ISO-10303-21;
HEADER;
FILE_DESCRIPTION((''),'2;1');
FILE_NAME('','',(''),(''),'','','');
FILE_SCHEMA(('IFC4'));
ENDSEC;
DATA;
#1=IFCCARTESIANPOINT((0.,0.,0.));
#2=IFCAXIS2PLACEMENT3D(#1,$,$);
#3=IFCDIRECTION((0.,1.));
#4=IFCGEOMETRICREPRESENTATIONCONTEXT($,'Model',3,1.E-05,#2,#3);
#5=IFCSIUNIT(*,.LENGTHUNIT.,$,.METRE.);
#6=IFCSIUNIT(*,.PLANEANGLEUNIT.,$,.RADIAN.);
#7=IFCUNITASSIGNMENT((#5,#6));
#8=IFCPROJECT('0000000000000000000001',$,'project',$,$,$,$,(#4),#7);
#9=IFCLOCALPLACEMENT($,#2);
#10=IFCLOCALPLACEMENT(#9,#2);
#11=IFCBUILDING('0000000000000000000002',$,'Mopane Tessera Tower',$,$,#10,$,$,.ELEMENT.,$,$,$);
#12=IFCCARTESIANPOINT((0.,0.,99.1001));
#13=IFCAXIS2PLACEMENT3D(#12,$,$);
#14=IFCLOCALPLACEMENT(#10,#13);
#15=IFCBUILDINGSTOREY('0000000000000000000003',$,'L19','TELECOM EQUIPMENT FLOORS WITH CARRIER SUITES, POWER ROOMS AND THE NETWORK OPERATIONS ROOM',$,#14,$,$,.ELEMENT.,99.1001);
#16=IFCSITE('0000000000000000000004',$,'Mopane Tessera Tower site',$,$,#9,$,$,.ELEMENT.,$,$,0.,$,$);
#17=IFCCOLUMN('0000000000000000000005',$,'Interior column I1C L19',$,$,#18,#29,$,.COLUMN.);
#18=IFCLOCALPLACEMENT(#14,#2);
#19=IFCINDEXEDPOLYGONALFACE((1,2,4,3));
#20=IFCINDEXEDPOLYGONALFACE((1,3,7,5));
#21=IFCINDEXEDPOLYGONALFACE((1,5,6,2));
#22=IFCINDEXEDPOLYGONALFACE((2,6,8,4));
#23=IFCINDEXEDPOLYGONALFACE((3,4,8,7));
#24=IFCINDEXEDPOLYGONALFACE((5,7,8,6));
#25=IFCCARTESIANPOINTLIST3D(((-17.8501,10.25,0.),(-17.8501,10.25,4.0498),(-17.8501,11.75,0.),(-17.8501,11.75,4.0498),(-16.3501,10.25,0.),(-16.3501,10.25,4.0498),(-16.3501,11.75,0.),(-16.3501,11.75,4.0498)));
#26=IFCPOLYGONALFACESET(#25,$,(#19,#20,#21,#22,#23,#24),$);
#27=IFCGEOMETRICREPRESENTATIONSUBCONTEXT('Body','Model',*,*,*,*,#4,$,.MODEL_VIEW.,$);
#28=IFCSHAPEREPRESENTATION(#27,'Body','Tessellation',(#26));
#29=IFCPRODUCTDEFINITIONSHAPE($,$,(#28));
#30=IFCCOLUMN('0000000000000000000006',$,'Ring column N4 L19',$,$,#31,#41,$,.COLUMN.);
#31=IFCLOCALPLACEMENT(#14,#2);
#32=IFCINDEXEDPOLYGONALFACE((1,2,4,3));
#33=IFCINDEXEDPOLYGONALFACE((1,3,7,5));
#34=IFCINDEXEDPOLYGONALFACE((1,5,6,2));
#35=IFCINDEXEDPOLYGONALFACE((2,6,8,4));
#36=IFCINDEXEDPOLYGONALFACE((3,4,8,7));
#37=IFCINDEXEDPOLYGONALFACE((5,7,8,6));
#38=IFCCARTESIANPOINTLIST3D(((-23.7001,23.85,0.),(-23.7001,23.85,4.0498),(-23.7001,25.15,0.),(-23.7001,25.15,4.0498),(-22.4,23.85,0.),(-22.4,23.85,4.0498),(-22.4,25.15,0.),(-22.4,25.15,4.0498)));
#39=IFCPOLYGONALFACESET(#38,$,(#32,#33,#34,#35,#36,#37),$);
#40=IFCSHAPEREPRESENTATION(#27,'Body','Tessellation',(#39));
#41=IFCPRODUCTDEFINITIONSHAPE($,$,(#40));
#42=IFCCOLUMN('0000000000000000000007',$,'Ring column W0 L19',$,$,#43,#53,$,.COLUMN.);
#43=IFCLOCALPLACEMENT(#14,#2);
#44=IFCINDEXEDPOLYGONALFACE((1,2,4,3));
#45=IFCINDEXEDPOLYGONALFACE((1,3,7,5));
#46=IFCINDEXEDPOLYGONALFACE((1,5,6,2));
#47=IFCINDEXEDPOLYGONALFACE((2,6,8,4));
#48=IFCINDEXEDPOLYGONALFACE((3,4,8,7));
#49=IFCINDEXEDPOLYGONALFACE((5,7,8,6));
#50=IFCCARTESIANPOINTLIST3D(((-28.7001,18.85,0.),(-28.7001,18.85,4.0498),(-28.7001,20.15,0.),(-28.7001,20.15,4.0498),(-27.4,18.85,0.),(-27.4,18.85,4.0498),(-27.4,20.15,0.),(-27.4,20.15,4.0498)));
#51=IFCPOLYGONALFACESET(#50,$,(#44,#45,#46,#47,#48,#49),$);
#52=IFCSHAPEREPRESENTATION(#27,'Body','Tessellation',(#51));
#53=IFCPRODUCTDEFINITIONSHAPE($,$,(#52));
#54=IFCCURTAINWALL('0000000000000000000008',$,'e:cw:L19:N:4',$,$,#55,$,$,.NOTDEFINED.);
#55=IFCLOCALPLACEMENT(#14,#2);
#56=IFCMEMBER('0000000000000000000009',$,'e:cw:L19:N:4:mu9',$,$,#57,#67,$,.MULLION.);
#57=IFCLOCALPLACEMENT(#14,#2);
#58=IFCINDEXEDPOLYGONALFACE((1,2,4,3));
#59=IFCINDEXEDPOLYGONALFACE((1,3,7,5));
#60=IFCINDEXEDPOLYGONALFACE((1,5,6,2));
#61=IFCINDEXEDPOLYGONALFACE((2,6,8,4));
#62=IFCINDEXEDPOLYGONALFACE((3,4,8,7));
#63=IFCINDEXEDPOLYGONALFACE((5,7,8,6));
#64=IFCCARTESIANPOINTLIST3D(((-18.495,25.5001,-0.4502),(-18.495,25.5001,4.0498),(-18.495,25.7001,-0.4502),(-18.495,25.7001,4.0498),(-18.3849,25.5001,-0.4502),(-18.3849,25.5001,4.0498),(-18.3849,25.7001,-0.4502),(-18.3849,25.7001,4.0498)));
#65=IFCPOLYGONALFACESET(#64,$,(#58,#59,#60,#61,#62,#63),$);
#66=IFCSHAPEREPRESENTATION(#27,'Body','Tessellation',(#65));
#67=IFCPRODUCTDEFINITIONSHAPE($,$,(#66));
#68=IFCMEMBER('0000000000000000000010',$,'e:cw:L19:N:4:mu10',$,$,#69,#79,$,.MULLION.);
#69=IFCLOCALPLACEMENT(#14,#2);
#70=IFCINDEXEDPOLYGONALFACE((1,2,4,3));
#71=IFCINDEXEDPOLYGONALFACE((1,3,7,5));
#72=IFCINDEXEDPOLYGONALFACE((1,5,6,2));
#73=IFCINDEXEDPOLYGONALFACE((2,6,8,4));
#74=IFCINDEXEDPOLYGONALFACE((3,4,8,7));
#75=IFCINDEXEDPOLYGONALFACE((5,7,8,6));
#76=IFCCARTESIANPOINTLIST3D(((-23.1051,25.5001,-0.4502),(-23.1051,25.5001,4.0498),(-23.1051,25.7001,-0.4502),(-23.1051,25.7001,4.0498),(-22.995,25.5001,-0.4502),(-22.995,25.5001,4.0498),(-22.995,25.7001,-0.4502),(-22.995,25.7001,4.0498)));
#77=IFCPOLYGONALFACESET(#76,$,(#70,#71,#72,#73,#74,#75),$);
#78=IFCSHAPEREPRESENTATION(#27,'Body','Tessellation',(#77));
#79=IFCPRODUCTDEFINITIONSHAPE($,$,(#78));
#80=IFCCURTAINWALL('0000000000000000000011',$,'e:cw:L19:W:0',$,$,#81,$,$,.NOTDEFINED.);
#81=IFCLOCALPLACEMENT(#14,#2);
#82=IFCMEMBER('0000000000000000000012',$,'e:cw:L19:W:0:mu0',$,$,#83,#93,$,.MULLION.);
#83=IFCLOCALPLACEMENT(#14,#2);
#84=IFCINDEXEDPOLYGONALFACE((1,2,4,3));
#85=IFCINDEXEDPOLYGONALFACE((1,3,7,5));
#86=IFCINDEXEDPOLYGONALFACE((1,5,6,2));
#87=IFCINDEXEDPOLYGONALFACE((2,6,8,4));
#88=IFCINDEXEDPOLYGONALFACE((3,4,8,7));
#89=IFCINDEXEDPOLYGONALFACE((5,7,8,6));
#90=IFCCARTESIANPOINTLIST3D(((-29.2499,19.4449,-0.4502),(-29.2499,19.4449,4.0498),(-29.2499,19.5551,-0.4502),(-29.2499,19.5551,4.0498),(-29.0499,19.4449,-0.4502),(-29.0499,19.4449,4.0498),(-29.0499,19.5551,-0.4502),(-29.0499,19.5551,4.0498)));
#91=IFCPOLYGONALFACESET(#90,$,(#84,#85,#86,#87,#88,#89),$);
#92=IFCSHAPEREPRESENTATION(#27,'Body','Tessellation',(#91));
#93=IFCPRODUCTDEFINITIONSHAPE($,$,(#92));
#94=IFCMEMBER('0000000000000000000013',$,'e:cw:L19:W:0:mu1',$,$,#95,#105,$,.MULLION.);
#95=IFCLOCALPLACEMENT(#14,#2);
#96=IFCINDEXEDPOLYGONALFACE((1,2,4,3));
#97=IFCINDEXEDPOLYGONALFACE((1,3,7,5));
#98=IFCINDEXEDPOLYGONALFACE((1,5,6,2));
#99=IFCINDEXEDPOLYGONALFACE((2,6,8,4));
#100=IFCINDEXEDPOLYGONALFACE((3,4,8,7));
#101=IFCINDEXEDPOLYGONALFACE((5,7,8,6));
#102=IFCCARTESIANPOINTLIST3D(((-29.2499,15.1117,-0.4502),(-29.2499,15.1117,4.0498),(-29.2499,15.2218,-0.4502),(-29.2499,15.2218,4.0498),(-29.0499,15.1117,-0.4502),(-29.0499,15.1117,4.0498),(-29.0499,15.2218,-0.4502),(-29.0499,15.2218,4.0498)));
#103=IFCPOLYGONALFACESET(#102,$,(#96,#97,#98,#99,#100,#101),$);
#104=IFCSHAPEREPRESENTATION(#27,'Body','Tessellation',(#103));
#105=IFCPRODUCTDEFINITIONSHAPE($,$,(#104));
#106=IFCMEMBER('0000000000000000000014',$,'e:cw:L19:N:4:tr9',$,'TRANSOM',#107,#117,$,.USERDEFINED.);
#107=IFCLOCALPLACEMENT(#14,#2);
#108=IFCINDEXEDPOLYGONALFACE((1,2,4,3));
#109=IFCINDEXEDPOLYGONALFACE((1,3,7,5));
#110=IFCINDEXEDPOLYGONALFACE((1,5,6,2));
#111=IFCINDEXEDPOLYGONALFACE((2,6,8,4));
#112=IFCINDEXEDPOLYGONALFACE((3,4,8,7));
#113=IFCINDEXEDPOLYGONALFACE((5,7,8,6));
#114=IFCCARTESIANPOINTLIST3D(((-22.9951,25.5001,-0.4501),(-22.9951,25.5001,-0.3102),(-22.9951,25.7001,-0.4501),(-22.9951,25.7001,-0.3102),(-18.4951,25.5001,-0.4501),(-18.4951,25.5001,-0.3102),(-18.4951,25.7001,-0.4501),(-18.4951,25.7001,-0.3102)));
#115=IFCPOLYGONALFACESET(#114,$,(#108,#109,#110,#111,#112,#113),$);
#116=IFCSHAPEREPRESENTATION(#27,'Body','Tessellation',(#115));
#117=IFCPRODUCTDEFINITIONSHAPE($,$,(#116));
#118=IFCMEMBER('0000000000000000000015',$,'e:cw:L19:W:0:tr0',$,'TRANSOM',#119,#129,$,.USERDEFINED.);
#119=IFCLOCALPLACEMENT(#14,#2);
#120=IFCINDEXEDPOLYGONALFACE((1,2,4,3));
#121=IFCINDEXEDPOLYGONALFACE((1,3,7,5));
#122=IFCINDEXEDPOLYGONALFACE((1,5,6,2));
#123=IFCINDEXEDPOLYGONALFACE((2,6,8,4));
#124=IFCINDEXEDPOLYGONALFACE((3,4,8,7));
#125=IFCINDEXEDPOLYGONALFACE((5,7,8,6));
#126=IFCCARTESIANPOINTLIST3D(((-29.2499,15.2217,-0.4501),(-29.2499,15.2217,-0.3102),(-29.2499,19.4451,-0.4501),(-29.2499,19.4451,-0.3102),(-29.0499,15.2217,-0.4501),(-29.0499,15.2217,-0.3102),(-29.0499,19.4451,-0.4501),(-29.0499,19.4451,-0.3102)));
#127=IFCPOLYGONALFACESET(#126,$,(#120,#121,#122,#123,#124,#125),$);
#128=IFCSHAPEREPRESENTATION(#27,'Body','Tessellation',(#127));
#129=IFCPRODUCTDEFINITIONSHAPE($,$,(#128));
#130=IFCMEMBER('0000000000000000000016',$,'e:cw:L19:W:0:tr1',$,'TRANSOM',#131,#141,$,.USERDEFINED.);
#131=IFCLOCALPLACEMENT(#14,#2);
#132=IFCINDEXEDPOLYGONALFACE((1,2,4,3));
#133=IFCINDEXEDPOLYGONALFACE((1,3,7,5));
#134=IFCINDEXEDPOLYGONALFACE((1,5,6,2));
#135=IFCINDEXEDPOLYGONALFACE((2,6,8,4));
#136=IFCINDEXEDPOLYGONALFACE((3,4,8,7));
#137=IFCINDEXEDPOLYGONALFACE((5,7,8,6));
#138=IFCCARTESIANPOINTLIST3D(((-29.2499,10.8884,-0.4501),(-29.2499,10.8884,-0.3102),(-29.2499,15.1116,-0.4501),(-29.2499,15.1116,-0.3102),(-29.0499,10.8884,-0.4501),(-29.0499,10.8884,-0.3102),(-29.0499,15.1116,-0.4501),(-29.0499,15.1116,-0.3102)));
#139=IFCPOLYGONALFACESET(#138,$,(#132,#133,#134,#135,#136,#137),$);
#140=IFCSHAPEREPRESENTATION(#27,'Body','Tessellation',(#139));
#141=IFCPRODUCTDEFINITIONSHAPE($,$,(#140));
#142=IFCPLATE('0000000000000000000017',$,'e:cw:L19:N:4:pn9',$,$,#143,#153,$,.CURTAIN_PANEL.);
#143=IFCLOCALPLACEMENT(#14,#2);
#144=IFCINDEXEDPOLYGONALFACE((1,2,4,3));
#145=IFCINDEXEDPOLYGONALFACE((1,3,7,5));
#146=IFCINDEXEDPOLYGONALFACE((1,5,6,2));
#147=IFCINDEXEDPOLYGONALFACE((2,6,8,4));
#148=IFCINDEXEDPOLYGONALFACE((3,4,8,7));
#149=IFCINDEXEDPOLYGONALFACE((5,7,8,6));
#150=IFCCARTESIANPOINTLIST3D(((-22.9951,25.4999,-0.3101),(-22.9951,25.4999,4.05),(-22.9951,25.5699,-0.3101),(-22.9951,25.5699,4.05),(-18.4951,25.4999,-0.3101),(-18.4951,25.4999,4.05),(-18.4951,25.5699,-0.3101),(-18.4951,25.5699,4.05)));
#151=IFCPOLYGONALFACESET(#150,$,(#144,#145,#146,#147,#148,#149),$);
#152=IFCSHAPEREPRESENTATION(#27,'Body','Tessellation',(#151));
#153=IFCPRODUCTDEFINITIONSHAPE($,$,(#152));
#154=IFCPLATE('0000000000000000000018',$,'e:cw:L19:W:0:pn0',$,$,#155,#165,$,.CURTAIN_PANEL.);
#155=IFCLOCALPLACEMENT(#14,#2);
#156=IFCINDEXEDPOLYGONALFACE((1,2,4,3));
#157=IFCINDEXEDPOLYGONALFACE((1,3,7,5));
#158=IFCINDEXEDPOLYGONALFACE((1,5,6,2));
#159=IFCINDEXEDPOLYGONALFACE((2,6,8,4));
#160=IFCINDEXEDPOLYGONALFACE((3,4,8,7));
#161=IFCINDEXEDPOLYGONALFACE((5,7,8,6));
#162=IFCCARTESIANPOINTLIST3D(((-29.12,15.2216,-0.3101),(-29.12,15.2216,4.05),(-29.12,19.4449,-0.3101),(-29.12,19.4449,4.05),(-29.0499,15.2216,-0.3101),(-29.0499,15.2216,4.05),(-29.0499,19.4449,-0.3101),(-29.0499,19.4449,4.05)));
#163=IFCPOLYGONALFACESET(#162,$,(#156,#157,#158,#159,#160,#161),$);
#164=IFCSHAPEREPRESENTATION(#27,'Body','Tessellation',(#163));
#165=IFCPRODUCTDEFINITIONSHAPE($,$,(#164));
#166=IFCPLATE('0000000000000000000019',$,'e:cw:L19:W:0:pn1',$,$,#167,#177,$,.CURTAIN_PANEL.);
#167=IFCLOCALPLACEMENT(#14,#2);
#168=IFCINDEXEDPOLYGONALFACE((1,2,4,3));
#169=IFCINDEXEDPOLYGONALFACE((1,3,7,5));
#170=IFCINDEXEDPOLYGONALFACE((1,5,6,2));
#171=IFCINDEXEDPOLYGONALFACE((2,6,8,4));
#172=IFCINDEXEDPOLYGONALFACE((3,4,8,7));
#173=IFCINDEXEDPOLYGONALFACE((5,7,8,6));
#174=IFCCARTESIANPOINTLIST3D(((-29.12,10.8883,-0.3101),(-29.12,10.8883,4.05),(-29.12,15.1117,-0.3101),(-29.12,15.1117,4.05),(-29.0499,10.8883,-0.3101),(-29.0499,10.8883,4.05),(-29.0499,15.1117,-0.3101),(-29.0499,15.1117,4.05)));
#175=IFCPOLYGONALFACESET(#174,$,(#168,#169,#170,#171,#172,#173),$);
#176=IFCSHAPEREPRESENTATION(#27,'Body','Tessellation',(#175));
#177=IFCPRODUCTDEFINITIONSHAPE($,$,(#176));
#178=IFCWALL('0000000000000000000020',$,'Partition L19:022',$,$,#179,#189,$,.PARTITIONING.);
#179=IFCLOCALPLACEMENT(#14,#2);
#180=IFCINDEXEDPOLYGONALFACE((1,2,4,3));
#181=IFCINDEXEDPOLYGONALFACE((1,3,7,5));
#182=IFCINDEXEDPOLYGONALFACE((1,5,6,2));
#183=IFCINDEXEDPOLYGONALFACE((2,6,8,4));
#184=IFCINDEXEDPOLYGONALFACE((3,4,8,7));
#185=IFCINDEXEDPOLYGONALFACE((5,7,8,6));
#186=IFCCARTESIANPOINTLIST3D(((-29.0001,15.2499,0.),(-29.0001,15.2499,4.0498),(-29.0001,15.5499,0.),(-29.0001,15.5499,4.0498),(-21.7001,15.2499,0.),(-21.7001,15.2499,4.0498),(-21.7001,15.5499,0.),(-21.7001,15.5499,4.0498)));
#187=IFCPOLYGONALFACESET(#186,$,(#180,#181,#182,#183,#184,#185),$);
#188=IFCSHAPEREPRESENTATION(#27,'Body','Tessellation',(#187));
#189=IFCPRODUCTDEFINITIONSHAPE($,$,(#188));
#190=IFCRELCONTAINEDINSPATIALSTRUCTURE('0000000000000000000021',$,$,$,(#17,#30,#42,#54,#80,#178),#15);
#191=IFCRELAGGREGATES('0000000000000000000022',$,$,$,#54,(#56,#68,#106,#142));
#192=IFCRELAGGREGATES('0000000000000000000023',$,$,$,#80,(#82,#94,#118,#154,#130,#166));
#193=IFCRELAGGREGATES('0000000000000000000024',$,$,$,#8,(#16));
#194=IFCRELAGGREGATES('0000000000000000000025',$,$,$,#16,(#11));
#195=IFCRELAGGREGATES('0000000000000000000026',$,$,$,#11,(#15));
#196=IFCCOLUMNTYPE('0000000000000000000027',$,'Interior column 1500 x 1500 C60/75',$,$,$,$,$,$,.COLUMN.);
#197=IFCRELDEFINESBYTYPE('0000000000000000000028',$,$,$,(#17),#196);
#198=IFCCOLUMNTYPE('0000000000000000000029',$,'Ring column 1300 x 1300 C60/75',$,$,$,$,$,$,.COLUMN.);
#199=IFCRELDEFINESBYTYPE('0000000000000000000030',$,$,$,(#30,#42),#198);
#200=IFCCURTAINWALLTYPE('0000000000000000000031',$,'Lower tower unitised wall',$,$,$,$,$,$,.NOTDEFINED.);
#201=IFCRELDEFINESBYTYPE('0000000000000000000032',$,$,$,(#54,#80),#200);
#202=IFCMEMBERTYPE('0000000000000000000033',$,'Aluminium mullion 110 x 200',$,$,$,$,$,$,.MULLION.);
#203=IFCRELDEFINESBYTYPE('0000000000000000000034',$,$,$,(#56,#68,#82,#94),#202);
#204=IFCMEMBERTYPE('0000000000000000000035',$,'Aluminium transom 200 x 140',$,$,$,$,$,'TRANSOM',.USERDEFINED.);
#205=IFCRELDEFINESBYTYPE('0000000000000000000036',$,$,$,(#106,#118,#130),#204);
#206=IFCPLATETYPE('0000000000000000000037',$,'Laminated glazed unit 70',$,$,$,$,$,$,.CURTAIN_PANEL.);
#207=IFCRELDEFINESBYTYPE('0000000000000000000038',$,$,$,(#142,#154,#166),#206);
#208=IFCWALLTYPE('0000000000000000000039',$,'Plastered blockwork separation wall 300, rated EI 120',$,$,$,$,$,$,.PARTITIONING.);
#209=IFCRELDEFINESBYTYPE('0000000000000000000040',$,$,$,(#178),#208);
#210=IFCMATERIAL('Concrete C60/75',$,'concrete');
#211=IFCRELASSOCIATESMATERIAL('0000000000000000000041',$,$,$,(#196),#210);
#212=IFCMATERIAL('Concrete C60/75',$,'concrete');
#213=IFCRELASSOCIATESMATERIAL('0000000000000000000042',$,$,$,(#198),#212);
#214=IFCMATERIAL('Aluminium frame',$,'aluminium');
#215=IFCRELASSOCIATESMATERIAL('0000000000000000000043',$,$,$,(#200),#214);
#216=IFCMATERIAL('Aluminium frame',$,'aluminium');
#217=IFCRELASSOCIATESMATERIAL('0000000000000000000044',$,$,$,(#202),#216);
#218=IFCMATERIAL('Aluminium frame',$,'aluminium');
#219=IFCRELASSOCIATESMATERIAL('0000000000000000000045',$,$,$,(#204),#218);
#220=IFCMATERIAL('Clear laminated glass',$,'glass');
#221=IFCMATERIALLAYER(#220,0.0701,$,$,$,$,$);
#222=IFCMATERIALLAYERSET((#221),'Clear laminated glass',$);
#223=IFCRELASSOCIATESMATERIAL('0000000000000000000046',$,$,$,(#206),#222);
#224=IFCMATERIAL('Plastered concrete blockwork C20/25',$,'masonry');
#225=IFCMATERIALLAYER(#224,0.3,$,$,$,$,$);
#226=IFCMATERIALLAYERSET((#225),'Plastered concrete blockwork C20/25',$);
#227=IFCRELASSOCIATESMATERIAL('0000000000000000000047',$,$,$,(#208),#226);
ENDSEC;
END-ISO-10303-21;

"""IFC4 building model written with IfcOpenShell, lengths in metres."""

from ifc_helpers import new_model, si_unit, direction, frame, frame_2d, origin, origin_2d, place, context, subcontext, project, spatial, rectangle, extrude, material, layer, layer_set, material_profile, profile_set, type_object, element, aggregate, save


model = new_model("IFC4")

# Units and contexts
model_context = context("Model", 3, precision=1e-05, world=origin(), true_north=direction((0.0, 1.0)))
body_context = subcontext(model_context, "Body", "Model", "MODEL_VIEW")
ifc_project = project(units=[si_unit("LENGTHUNIT", "METRE"), si_unit("PLANEANGLEUNIT", "RADIAN")], contexts=[model_context])

# Site, building, storey
site_placement = place(None, origin())
site = spatial("IfcSite", under=ifc_project, at=site_placement, Name="Mopane Tessera Tower site", CompositionType="ELEMENT", RefElevation=0.0)
building_placement = place(site_placement, origin())
building = spatial("IfcBuilding", under=site, at=building_placement, Name="Mopane Tessera Tower", CompositionType="ELEMENT")
storey_placement = place(building_placement, frame((0.0, 0.0, 99.1001)))
storey = spatial("IfcBuildingStorey", under=building, at=storey_placement, Name="L19", Description="TELECOM EQUIPMENT FLOORS WITH CARRIER SUITES, POWER ROOMS AND THE NETWORK OPERATIONS ROOM", CompositionType="ELEMENT", Elevation=99.1001)

# Columns
ifc_material_1 = material(Name="Concrete C60/75", Category="concrete")
ifc_material_profile_1 = material_profile(ifc_material_1, rectangle(XDim=1.5, YDim=1.5, at=origin_2d()))
ifc_profile_set_1 = profile_set([ifc_material_profile_1], Name="Concrete C60/75")
column_type_1 = type_object("IfcColumnType", Name="Interior column 1500 x 1500 C60/75", PredefinedType="COLUMN", material=ifc_profile_set_1)
column_placement = place(storey_placement, frame((-17.1001, 11.0, 0.0), z_axis=(0.0, 0.0, 1.0), x_axis=(1.0, 0.0, 0.0)))
element("IfcColumn", 1, at=column_placement, inside=storey, type_object=column_type_1, Name="Interior column I1C L19", PredefinedType="COLUMN", context=body_context, shape_type="SweptSolid", body=[
    extrude(rectangle(XDim=1.5, YDim=1.5, at=origin_2d()), origin(), (0.0, 0.0, 1.0), 4.0498),
])
ifc_material_2 = material(Name="Concrete C60/75", Category="concrete")
ifc_material_profile_2 = material_profile(ifc_material_2, rectangle(XDim=1.3, YDim=1.3, at=origin_2d()))
ifc_profile_set_2 = profile_set([ifc_material_profile_2], Name="Concrete C60/75")
column_type_2 = type_object("IfcColumnType", Name="Ring column 1300 x 1300 C60/75", PredefinedType="COLUMN", material=ifc_profile_set_2)
for number, where, z_axis, x_axis, name in (
    (2, (-23.05, 24.5, 0.0), (0.0, 0.0, 1.0), (1.0, 0.0, 0.0), "Ring column N4 L19"),
    (3, (-28.05, 19.5, 0.0), (0.0, 0.0, 1.0), (1.0, 0.0, 0.0), "Ring column W0 L19"),
):
    element("IfcColumn", number, at=place(storey_placement, frame(where, z_axis=z_axis, x_axis=x_axis)), inside=storey, type_object=column_type_2, Name=name, PredefinedType="COLUMN", context=body_context, shape_type="SweptSolid", body=[
        extrude(rectangle(XDim=1.3, YDim=1.3, at=origin_2d()), origin(), (0.0, 0.0, 1.0), 4.0498),
    ])

# Curtain walls, members
ifc_material_3 = material(Name="Aluminium frame", Category="aluminium")
curtain_wall_type = type_object("IfcCurtainWallType", Name="Lower tower unitised wall", PredefinedType="NOTDEFINED", material=ifc_material_3)
curtain_wall_1_placement = place(storey_placement, origin())
curtain_wall_1 = element("IfcCurtainWall", 4, at=curtain_wall_1_placement, inside=storey, type_object=curtain_wall_type, Name="e:cw:L19:N:4", PredefinedType="NOTDEFINED")
ifc_material_4 = material(Name="Aluminium frame", Category="aluminium")
ifc_material_profile_3 = material_profile(ifc_material_4, rectangle(XDim=0.1101, YDim=0.2, at=origin_2d()))
ifc_profile_set_3 = profile_set([ifc_material_profile_3], Name="Aluminium frame")
member_type_1 = type_object("IfcMemberType", Name="Aluminium mullion 110 x 200", PredefinedType="MULLION", material=ifc_profile_set_3)
member_1_placement = place(storey_placement, frame((-18.4399, 25.6001, -0.4502), z_axis=(0.0, 0.0, 1.0), x_axis=(-1.0, 0.0, 0.0)))
member_1 = element("IfcMember", 5, at=member_1_placement, type_object=member_type_1, Name="e:cw:L19:N:4:mu9", PredefinedType="MULLION", context=body_context, shape_type="SweptSolid", body=[
    extrude(rectangle(XDim=0.1101, YDim=0.2, at=origin_2d()), origin(), (0.0, 0.0, 1.0), 4.5),
])
member_2_placement = place(storey_placement, frame((-23.05, 25.6001, -0.4502), z_axis=(0.0, 0.0, 1.0), x_axis=(-1.0, 0.0, 0.0)))
member_2 = element("IfcMember", 6, at=member_2_placement, type_object=member_type_1, Name="e:cw:L19:N:4:mu10", PredefinedType="MULLION", context=body_context, shape_type="SweptSolid", body=[
    extrude(rectangle(XDim=0.1101, YDim=0.2, at=origin_2d()), origin(), (0.0, 0.0, 1.0), 4.5),
])
curtain_wall_2_placement = place(storey_placement, origin())
curtain_wall_2 = element("IfcCurtainWall", 7, at=curtain_wall_2_placement, inside=storey, type_object=curtain_wall_type, Name="e:cw:L19:W:0", PredefinedType="NOTDEFINED")
member_3_placement = place(storey_placement, frame((-29.1499, 19.5, -0.4502), z_axis=(0.0, 0.0, 1.0), x_axis=(0.0, -1.0, 0.0)))
member_3 = element("IfcMember", 8, at=member_3_placement, type_object=member_type_1, Name="e:cw:L19:W:0:mu0", PredefinedType="MULLION", context=body_context, shape_type="SweptSolid", body=[
    extrude(rectangle(XDim=0.1101, YDim=0.2, at=origin_2d()), origin(), (0.0, 0.0, 1.0), 4.5),
])
member_4_placement = place(storey_placement, frame((-29.1499, 15.1667, -0.4502), z_axis=(0.0, 0.0, 1.0), x_axis=(0.0, -1.0, 0.0)))
member_4 = element("IfcMember", 9, at=member_4_placement, type_object=member_type_1, Name="e:cw:L19:W:0:mu1", PredefinedType="MULLION", context=body_context, shape_type="SweptSolid", body=[
    extrude(rectangle(XDim=0.1101, YDim=0.2, at=origin_2d()), origin(), (0.0, 0.0, 1.0), 4.5),
])

# Members
ifc_material_5 = material(Name="Aluminium frame", Category="aluminium")
ifc_material_profile_4 = material_profile(ifc_material_5, rectangle(XDim=0.2, YDim=0.1399, at=origin_2d()))
ifc_profile_set_4 = profile_set([ifc_material_profile_4], Name="Aluminium frame")
member_type_2 = type_object("IfcMemberType", Name="Aluminium transom 200 x 140", ElementType="TRANSOM", PredefinedType="USERDEFINED", material=ifc_profile_set_4)
member_5_placement = place(storey_placement, frame((-18.4951, 25.6001, -0.3801), z_axis=(-1.0, 0.0, 0.0), x_axis=(0.0, -1.0, 0.0)))
member_5 = element("IfcMember", 10, at=member_5_placement, type_object=member_type_2, Name="e:cw:L19:N:4:tr9", ObjectType="TRANSOM", PredefinedType="USERDEFINED", context=body_context, shape_type="SweptSolid", body=[
    extrude(rectangle(XDim=0.2, YDim=0.1399, at=origin_2d()), origin(), (0.0, 0.0, 1.0), 4.5),
])
member_6_placement = place(storey_placement, frame((-29.1499, 19.4451, -0.3801), z_axis=(0.0, -1.0, 0.0), x_axis=(1.0, 0.0, 0.0)))
member_6 = element("IfcMember", 11, at=member_6_placement, type_object=member_type_2, Name="e:cw:L19:W:0:tr0", ObjectType="TRANSOM", PredefinedType="USERDEFINED", context=body_context, shape_type="SweptSolid", body=[
    extrude(rectangle(XDim=0.2, YDim=0.1399, at=origin_2d()), origin(), (0.0, 0.0, 1.0), 4.2234),
])
member_7_placement = place(storey_placement, frame((-29.1499, 15.1116, -0.3801), z_axis=(0.0, -1.0, 0.0), x_axis=(1.0, 0.0, 0.0)))
member_7 = element("IfcMember", 12, at=member_7_placement, type_object=member_type_2, Name="e:cw:L19:W:0:tr1", ObjectType="TRANSOM", PredefinedType="USERDEFINED", context=body_context, shape_type="SweptSolid", body=[
    extrude(rectangle(XDim=0.2, YDim=0.1399, at=origin_2d()), origin(), (0.0, 0.0, 1.0), 4.2231),
])

# Plates
ifc_material_6 = material(Name="Clear laminated glass", Category="glass")
ifc_layer_1 = layer(ifc_material_6, 0.0701)
ifc_layer_set_1 = layer_set([ifc_layer_1], Name="Clear laminated glass")
plate_type = type_object("IfcPlateType", Name="Laminated glazed unit 70", PredefinedType="CURTAIN_PANEL", material=ifc_layer_set_1)
plate_1_placement = place(storey_placement, frame((-20.7451, 25.5349, -0.3101), z_axis=(0.0, 0.0, 1.0), x_axis=(-1.0, 0.0, 0.0)))
plate_1 = element("IfcPlate", 13, at=plate_1_placement, type_object=plate_type, Name="e:cw:L19:N:4:pn9", PredefinedType="CURTAIN_PANEL", context=body_context, shape_type="SweptSolid", body=[
    extrude(rectangle(XDim=4.5, YDim=0.0701, at=origin_2d()), origin(), (0.0, 0.0, 1.0), 4.3601),
])
aggregate(curtain_wall_1, [member_1, member_2, member_5, plate_1])
plate_2_placement = place(storey_placement, frame((-29.085, 17.3333, -0.3101), z_axis=(0.0, 0.0, 1.0), x_axis=(0.0, -1.0, 0.0)))
plate_2 = element("IfcPlate", 14, at=plate_2_placement, type_object=plate_type, Name="e:cw:L19:W:0:pn0", PredefinedType="CURTAIN_PANEL", context=body_context, shape_type="SweptSolid", body=[
    extrude(rectangle(XDim=4.2234, YDim=0.0701, at=origin_2d()), origin(), (0.0, 0.0, 1.0), 4.3601),
])
plate_3_placement = place(storey_placement, frame((-29.085, 13.0, -0.3101), z_axis=(0.0, 0.0, 1.0), x_axis=(0.0, -1.0, 0.0)))
plate_3 = element("IfcPlate", 15, at=plate_3_placement, type_object=plate_type, Name="e:cw:L19:W:0:pn1", PredefinedType="CURTAIN_PANEL", context=body_context, shape_type="SweptSolid", body=[
    extrude(rectangle(XDim=4.2234, YDim=0.0701, at=origin_2d()), origin(), (0.0, 0.0, 1.0), 4.3601),
])
aggregate(curtain_wall_2, [member_3, member_4, member_6, plate_2, member_7, plate_3])

# Wall
ifc_material_7 = material(Name="Plastered concrete blockwork C20/25", Category="masonry")
ifc_layer_2 = layer(ifc_material_7, 0.3)
ifc_layer_set_2 = layer_set([ifc_layer_2], Name="Plastered concrete blockwork C20/25")
wall_type_1 = type_object("IfcWallType", Name="Plastered blockwork separation wall 300, rated EI 120", PredefinedType="PARTITIONING", material=ifc_layer_set_2)
wall_1_placement = place(storey_placement, frame((-29.0, 15.3999, 0.0), z_axis=(0.0, 0.0, 1.0), x_axis=(1.0, 0.0, 0.0)))
element("IfcWall", 16, at=wall_1_placement, inside=storey, type_object=wall_type_1, Name="Partition L19:022", PredefinedType="PARTITIONING", context=body_context, shape_type="SweptSolid", body=[
    extrude(rectangle(XDim=7.3, YDim=0.3, at=frame_2d((3.6499, 0.0))), origin(), (0.0, 0.0, 1.0), 4.0498),
])

save(model, "model.ifc")
